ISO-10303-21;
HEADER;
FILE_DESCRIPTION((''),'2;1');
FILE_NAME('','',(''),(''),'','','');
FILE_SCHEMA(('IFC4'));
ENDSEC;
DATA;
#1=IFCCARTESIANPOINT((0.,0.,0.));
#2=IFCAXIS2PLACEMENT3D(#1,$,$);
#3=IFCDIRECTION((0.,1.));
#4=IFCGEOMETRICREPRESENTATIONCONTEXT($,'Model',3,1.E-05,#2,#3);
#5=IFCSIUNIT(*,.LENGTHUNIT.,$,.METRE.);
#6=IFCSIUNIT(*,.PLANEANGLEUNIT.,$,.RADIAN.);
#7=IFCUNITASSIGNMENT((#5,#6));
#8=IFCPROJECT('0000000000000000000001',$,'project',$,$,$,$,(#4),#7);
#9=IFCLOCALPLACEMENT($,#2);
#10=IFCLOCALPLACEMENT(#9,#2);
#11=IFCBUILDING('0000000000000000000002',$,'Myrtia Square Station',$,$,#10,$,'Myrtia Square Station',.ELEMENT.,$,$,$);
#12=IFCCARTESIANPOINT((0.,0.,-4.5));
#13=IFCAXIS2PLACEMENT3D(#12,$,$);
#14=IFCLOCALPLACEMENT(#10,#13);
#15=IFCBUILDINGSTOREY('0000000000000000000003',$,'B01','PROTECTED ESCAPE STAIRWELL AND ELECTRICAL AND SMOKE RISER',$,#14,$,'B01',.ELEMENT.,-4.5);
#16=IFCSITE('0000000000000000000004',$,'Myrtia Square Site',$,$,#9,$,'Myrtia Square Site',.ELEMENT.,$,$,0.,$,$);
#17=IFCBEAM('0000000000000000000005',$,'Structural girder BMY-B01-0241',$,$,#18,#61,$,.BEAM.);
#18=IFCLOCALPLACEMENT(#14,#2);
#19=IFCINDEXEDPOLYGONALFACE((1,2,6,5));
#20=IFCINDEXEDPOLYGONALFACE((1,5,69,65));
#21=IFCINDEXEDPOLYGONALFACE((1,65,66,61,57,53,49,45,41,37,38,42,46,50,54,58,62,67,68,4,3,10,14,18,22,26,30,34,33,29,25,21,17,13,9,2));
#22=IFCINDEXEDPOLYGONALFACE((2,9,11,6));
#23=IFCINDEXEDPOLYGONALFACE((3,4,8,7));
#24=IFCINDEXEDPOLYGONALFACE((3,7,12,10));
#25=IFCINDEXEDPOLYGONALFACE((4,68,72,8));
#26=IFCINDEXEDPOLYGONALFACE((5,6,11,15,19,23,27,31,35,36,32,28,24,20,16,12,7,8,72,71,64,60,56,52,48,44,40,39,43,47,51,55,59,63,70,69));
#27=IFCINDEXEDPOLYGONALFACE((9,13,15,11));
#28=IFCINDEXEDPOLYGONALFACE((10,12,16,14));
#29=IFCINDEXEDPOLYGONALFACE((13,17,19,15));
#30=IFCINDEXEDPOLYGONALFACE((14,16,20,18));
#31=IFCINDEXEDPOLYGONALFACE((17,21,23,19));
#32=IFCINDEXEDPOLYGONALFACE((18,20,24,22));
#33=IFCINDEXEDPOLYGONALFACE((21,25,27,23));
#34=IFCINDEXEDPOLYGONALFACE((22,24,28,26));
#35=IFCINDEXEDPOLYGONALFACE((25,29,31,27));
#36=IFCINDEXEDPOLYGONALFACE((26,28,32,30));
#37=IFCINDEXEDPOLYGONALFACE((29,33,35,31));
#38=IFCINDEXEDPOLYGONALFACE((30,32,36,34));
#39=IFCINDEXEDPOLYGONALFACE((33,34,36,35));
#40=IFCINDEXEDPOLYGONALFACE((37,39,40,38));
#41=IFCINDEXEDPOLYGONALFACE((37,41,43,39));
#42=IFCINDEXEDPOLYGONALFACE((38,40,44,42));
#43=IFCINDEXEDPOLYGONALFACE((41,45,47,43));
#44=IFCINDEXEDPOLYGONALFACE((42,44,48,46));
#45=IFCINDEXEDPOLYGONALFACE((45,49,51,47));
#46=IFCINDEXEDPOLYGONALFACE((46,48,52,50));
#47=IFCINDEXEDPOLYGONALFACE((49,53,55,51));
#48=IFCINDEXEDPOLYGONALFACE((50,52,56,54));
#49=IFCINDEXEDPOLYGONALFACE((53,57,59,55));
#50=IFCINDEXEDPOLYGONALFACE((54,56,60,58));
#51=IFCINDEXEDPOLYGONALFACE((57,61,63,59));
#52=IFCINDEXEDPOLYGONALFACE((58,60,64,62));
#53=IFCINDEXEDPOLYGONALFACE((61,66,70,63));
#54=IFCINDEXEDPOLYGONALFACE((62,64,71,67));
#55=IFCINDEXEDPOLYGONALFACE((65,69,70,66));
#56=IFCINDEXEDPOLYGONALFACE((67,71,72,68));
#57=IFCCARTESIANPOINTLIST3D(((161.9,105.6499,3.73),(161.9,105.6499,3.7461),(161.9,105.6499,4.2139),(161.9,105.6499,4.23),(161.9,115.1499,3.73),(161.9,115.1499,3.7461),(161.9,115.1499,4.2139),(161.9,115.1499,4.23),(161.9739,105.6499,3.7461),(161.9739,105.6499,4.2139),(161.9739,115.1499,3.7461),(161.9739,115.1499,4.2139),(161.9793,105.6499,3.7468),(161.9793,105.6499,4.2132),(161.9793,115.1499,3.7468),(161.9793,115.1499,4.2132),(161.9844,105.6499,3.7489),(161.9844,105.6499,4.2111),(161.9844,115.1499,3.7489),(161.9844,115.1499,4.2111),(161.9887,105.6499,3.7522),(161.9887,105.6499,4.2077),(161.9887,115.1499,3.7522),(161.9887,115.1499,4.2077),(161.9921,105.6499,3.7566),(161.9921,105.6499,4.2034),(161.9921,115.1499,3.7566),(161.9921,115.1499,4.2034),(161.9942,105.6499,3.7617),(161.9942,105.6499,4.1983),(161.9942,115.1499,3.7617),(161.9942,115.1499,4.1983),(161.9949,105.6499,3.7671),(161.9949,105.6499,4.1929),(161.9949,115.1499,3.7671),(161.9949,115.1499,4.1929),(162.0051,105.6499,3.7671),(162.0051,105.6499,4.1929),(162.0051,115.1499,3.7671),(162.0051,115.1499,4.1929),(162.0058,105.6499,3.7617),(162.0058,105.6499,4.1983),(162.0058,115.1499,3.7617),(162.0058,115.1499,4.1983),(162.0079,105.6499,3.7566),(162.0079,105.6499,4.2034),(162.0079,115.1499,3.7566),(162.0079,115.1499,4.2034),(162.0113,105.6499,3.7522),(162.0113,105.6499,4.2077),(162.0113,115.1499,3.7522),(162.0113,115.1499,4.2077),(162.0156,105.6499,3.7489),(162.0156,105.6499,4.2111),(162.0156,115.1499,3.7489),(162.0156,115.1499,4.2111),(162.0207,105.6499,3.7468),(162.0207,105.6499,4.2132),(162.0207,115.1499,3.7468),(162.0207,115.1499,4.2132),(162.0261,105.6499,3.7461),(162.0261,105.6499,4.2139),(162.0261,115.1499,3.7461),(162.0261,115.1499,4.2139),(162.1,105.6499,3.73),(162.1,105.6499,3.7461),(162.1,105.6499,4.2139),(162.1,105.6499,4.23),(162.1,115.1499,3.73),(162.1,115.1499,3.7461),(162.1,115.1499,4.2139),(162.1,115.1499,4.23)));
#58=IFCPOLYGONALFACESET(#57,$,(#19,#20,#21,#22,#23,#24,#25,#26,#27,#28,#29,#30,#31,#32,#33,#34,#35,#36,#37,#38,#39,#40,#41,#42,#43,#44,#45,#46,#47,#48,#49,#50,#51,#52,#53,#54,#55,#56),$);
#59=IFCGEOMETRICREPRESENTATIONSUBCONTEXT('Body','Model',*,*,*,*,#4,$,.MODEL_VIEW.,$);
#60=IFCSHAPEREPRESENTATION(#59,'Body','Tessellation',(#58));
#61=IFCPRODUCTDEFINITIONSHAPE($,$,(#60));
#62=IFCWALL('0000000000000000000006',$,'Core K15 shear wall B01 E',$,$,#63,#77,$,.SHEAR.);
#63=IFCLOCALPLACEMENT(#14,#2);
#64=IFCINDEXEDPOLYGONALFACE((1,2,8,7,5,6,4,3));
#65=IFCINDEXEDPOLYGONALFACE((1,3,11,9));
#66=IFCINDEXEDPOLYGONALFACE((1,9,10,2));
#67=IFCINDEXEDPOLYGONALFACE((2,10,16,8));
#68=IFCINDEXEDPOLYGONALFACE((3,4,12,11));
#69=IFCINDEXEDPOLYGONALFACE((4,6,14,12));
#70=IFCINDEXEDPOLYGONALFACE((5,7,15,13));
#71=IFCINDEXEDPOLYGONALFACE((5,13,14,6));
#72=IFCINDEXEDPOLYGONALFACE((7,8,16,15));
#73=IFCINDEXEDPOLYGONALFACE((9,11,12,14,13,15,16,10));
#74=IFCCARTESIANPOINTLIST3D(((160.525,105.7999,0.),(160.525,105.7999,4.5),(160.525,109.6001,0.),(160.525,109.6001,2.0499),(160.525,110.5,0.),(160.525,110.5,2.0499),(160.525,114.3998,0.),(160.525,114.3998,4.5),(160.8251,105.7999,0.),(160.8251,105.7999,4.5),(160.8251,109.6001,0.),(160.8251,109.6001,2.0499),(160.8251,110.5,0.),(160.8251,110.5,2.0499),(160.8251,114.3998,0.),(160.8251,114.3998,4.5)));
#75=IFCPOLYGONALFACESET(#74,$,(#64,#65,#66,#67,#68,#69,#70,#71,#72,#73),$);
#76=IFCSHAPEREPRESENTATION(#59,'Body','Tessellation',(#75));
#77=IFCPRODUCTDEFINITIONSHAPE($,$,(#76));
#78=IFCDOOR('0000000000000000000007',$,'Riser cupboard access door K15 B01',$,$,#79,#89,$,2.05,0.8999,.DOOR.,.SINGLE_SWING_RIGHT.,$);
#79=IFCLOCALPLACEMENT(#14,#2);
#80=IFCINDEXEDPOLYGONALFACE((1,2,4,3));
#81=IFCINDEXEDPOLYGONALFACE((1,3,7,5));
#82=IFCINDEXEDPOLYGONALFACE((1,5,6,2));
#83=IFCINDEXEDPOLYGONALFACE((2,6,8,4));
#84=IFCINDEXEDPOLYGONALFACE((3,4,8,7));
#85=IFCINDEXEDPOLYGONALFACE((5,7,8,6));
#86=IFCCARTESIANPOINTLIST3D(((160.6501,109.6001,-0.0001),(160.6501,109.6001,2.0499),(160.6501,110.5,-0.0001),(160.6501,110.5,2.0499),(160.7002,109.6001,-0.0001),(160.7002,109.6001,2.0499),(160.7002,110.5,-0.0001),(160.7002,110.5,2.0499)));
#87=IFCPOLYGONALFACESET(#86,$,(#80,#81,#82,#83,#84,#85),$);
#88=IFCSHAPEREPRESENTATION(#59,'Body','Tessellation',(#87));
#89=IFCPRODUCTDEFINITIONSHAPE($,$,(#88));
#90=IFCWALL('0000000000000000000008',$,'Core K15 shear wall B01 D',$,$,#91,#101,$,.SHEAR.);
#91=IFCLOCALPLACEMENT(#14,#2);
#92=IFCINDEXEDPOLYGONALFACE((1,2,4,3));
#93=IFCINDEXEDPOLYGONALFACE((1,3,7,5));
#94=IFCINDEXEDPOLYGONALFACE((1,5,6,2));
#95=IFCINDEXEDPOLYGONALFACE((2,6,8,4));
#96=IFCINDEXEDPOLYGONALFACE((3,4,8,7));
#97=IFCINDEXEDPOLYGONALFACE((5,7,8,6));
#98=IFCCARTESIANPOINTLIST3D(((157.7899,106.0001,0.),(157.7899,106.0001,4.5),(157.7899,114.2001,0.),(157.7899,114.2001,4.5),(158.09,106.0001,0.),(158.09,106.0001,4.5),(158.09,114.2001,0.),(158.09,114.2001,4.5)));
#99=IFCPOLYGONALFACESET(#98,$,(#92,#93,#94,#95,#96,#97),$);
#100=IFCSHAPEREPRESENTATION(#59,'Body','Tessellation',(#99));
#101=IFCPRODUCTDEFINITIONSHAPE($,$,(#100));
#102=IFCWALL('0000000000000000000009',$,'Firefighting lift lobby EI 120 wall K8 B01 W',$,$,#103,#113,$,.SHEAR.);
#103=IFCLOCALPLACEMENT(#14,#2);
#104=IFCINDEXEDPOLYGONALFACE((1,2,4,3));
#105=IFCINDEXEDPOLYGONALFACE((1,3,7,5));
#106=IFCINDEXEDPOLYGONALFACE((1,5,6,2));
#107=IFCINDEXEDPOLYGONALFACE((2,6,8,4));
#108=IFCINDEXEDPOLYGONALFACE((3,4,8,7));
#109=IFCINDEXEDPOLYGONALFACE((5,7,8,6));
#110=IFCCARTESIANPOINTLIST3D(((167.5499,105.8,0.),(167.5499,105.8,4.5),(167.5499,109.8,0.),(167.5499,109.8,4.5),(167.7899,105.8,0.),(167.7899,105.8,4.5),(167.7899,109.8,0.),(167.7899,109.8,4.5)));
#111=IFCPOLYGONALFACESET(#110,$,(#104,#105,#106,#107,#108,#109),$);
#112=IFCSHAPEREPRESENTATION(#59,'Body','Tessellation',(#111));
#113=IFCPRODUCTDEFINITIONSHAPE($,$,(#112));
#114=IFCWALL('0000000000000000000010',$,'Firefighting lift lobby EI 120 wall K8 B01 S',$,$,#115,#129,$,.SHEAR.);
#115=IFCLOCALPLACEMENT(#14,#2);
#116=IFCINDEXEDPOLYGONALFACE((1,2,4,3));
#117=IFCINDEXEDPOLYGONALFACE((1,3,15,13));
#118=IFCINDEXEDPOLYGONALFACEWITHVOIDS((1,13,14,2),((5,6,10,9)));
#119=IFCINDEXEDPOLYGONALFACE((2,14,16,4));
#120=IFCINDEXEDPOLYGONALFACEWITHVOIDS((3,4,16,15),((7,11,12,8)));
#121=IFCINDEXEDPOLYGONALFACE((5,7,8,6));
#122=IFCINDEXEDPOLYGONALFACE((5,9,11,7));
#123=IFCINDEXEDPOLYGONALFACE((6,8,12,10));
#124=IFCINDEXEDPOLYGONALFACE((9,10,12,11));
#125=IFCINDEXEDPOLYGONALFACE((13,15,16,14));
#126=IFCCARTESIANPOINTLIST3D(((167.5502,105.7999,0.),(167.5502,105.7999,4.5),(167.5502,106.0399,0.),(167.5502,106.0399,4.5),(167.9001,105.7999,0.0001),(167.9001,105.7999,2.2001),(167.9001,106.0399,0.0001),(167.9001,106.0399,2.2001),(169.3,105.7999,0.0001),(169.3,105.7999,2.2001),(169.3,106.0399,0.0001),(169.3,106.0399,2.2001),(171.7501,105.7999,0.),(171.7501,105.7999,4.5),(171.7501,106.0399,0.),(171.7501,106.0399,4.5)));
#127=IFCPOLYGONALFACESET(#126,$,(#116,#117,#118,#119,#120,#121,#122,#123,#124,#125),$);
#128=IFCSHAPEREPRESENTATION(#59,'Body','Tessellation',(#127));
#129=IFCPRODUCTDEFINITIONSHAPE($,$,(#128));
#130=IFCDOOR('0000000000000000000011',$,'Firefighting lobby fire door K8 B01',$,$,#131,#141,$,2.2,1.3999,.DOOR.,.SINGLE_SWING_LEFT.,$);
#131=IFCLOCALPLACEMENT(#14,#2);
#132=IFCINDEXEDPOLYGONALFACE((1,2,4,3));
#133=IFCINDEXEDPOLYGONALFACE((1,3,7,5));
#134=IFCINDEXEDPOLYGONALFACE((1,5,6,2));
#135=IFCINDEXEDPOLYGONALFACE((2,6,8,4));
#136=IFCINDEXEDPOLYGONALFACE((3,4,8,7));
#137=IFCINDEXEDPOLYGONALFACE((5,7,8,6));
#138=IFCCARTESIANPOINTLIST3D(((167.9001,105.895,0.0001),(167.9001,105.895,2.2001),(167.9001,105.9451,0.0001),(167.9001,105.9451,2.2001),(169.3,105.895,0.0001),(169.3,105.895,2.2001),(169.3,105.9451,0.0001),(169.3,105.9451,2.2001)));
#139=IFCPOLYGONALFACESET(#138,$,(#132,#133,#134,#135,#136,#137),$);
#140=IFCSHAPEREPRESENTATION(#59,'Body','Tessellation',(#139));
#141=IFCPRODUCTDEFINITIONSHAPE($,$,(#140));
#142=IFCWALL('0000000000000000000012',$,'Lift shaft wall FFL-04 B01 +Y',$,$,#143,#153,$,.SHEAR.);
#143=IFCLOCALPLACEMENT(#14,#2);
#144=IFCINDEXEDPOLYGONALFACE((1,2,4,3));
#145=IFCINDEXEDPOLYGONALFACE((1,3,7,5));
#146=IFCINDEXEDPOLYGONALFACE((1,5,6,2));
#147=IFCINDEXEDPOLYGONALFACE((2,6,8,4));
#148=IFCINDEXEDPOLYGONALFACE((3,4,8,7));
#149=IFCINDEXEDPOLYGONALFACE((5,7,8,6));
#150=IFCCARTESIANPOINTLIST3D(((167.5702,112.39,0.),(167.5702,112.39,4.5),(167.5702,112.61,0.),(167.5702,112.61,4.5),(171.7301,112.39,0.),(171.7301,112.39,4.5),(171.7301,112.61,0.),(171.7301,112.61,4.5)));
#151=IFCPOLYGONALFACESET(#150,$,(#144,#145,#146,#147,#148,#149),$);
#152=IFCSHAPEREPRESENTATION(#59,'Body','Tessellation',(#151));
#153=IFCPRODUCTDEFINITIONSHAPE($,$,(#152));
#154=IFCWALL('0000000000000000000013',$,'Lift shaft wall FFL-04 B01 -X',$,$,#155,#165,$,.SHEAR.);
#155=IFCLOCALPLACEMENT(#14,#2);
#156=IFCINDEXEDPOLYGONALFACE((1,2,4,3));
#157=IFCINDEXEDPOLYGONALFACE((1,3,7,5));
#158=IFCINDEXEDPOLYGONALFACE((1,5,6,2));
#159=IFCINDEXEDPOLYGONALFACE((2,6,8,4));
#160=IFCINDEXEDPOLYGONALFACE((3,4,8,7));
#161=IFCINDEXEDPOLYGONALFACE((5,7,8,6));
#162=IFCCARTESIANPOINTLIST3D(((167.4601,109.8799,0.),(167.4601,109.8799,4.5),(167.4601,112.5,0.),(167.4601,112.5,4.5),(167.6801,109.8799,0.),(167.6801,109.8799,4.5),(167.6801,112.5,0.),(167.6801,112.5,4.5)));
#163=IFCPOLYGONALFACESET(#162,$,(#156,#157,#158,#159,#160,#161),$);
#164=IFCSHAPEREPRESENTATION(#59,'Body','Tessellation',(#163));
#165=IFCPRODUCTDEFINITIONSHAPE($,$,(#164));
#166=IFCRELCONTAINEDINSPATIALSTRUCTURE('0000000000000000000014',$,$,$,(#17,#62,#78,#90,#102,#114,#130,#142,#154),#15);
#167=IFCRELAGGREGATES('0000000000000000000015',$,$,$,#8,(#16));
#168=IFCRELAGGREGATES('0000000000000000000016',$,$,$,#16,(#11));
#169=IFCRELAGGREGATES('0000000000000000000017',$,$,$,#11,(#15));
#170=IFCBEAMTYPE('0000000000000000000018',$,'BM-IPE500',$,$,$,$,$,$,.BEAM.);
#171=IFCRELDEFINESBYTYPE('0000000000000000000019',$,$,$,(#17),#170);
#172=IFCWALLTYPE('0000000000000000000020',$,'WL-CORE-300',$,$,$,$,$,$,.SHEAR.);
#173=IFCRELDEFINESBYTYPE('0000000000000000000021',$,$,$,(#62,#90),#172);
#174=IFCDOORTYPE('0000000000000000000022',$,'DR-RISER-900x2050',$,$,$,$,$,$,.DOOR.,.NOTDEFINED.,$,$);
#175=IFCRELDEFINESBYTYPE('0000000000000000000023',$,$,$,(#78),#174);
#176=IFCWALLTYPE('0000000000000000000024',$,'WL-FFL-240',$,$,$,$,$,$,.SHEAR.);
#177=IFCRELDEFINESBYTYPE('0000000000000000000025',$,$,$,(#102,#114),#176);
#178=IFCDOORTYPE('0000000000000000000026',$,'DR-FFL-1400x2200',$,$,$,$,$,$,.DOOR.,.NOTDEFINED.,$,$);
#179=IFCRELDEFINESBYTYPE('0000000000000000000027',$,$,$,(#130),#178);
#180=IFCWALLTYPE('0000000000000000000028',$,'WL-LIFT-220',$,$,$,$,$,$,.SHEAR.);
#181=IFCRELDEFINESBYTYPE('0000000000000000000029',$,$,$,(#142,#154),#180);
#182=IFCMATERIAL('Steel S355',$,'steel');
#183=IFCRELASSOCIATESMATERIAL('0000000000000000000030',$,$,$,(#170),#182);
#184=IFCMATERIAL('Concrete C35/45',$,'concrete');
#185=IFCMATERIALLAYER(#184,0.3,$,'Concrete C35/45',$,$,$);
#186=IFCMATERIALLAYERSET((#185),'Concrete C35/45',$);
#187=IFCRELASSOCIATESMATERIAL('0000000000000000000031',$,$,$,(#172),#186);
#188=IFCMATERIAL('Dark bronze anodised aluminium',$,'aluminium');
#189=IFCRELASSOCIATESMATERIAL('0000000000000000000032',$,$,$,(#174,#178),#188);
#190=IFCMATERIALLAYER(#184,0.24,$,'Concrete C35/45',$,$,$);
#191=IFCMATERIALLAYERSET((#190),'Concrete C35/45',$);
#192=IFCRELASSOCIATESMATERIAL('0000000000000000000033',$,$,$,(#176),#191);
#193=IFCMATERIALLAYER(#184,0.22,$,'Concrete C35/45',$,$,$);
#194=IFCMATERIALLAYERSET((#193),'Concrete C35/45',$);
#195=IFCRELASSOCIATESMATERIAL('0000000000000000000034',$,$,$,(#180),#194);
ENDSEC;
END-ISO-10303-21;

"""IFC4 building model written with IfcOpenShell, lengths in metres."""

from ifc_helpers import new_model, si_unit, direction, frame, frame_2d, origin, origin_2d, place, context, subcontext, project, spatial, rectangle, i_section, extrude, material, layer, layer_set, material_profile, profile_set, type_object, element, fill, save


model = new_model("IFC4")

# Units and contexts
model_context = context("Model", 3, precision=1e-05, world=origin(), true_north=direction((0.0, 1.0)))
body_context = subcontext(model_context, "Body", "Model", "MODEL_VIEW")
ifc_project = project(units=[si_unit("LENGTHUNIT", "METRE"), si_unit("PLANEANGLEUNIT", "RADIAN")], contexts=[model_context])

# Site, building, storey
site_placement = place(None, origin())
site = spatial("IfcSite", under=ifc_project, at=site_placement, Name="Myrtia Square Site", LongName="Myrtia Square Site", CompositionType="ELEMENT", RefElevation=0.0)
building_placement = place(site_placement, origin())
building = spatial("IfcBuilding", under=site, at=building_placement, Name="Myrtia Square Station", LongName="Myrtia Square Station", CompositionType="ELEMENT")
storey_placement = place(building_placement, frame((0.0, 0.0, -4.5)))
storey = spatial("IfcBuildingStorey", under=building, at=storey_placement, Name="B01", Description="PROTECTED ESCAPE STAIRWELL AND ELECTRICAL AND SMOKE RISER", LongName="B01", CompositionType="ELEMENT", Elevation=-4.5)

# Shared definitions
ifc_material_1 = material(Name="Concrete C35/45", Category="concrete")

# Shared definitions
ifc_material_2 = material(Name="Steel S355", Category="steel")

# Beam
ifc_material_profile_1 = material_profile(ifc_material_2, i_section(OverallWidth=0.2, OverallDepth=0.5, WebThickness=0.0103, FlangeThickness=0.0161, FilletRadius=0.021, at=origin_2d()), Name="IPE 500")
ifc_profile_set_1 = profile_set([ifc_material_profile_1], Name="Steel S355")
beam_type_1 = type_object("IfcBeamType", Name="BM-IPE500", PredefinedType="BEAM", material=ifc_profile_set_1)
beam_1_placement = place(storey_placement, frame((162.0, 105.6499, 3.98), z_axis=(0.0, 1.0, 0.0), x_axis=(-1.0, 0.0, 0.0)))
element("IfcBeam", 1, at=beam_1_placement, inside=storey, type_object=beam_type_1, Name="Structural girder BMY-B01-0241", PredefinedType="BEAM", context=body_context, shape_type="SweptSolid", body=[
    extrude(i_section(OverallWidth=0.2, OverallDepth=0.5, WebThickness=0.0103, FlangeThickness=0.0161, FilletRadius=0.021, at=origin_2d()), origin(), (0.0, 0.0, 1.0), 9.5),
])

# Wall, opening, door
ifc_layer_1 = layer(ifc_material_1, 0.3, Name="Concrete C35/45")
ifc_layer_set_1 = layer_set([ifc_layer_1], Name="Concrete C35/45")
wall_type_1 = type_object("IfcWallType", Name="WL-CORE-300", PredefinedType="SHEAR", material=ifc_layer_set_1)
wall_1_placement = place(storey_placement, frame((160.675, 105.8, 0.0), z_axis=(0.0, 0.0, 1.0), x_axis=(0.0, 1.0, 0.0)))
wall_1 = element("IfcWall", 2, at=wall_1_placement, inside=storey, type_object=wall_type_1, Name="Core K15 shear wall B01 E", PredefinedType="SHEAR", context=body_context, shape_type="SweptSolid", body=[
    extrude(rectangle(XDim=8.5999, YDim=0.3, at=frame_2d((4.2998, 0.0))), origin(), (0.0, 0.0, 1.0), 4.5),
])
opening_1_placement = place(wall_1_placement, frame((3.8, 0.0, 0.0)))
opening_1 = element("IfcOpeningElement", 3, at=opening_1_placement, cuts=wall_1, PredefinedType="OPENING", context=body_context, shape_type="SweptSolid", body=[
    extrude(rectangle(XDim=0.8999, YDim=2.05, at=frame_2d((0.45, 1.0249))), frame((0.0, 0.165, 0.0), z_axis=(0.0, -1.0, 0.0), x_axis=(1.0, 0.0, 0.0)), (0.0, 0.0, 1.0), 0.3301),
])
ifc_material_3 = material(Name="Dark bronze anodised aluminium", Category="aluminium")
door_type_1 = type_object("IfcDoorType", Name="DR-RISER-900x2050", OperationType="NOTDEFINED", PredefinedType="DOOR", material=ifc_material_3)
door_1_placement = place(opening_1_placement, origin())
door_1 = element("IfcDoor", 4, at=door_1_placement, inside=storey, type_object=door_type_1, Name="Riser cupboard access door K15 B01", OperationType="SINGLE_SWING_RIGHT", OverallHeight=2.05, OverallWidth=0.8999, PredefinedType="DOOR", context=body_context, shape_type="SweptSolid", body=[
    extrude(rectangle(XDim=0.8999, YDim=2.05, at=frame_2d((0.45, 1.0249))), frame((0.0, 0.0249, 0.0), z_axis=(0.0, -1.0, 0.0), x_axis=(1.0, 0.0, 0.0)), (0.0, 0.0, 1.0), 0.05),
])
fill(opening_1, door_1)

# Walls
wall_2_placement = place(storey_placement, frame((157.9399, 106.0, 0.0), z_axis=(0.0, 0.0, 1.0), x_axis=(0.0, 1.0, 0.0)))
element("IfcWall", 5, at=wall_2_placement, inside=storey, type_object=wall_type_1, Name="Core K15 shear wall B01 D", PredefinedType="SHEAR", context=body_context, shape_type="SweptSolid", body=[
    extrude(rectangle(XDim=8.2, YDim=0.3, at=frame_2d((4.1001, 0.0))), origin(), (0.0, 0.0, 1.0), 4.5),
])
ifc_layer_2 = layer(ifc_material_1, 0.24, Name="Concrete C35/45")
ifc_layer_set_2 = layer_set([ifc_layer_2], Name="Concrete C35/45")
wall_type_2 = type_object("IfcWallType", Name="WL-FFL-240", PredefinedType="SHEAR", material=ifc_layer_set_2)
wall_3_placement = place(storey_placement, frame((167.6699, 105.8, 0.0), z_axis=(0.0, 0.0, 1.0), x_axis=(0.0, 1.0, 0.0)))
element("IfcWall", 6, at=wall_3_placement, inside=storey, type_object=wall_type_2, Name="Firefighting lift lobby EI 120 wall K8 B01 W", PredefinedType="SHEAR", context=body_context, shape_type="SweptSolid", body=[
    extrude(rectangle(XDim=4.0, YDim=0.24, at=frame_2d((2.0, 0.0))), origin(), (0.0, 0.0, 1.0), 4.5),
])

# Wall, opening, door
wall_4_placement = place(storey_placement, frame((167.55, 105.9199, 0.0), z_axis=(0.0, 0.0, 1.0), x_axis=(1.0, 0.0, 0.0)))
wall_4 = element("IfcWall", 7, at=wall_4_placement, inside=storey, type_object=wall_type_2, Name="Firefighting lift lobby EI 120 wall K8 B01 S", PredefinedType="SHEAR", context=body_context, shape_type="SweptSolid", body=[
    extrude(rectangle(XDim=4.2, YDim=0.24, at=frame_2d((2.1001, 0.0))), origin(), (0.0, 0.0, 1.0), 4.5),
])
opening_2_placement = place(wall_4_placement, frame((0.3501, 0.0, 0.0)))
opening_2 = element("IfcOpeningElement", 8, at=opening_2_placement, cuts=wall_4, PredefinedType="OPENING", context=body_context, shape_type="SweptSolid", body=[
    extrude(rectangle(XDim=1.3999, YDim=2.2, at=frame_2d((0.7, 1.1001))), frame((0.0, 0.135, 0.0), z_axis=(0.0, -1.0, 0.0), x_axis=(1.0, 0.0, 0.0)), (0.0, 0.0, 1.0), 0.27),
])
door_type_2 = type_object("IfcDoorType", Name="DR-FFL-1400x2200", OperationType="NOTDEFINED", PredefinedType="DOOR", material=ifc_material_3)
door_2_placement = place(opening_2_placement, frame((1.3999, 0.0, 0.0), z_axis=(0.0, 0.0, 1.0), x_axis=(-1.0, 0.0, 0.0)))
door_2 = element("IfcDoor", 9, at=door_2_placement, inside=storey, type_object=door_type_2, Name="Firefighting lobby fire door K8 B01", OperationType="SINGLE_SWING_LEFT", OverallHeight=2.2, OverallWidth=1.3999, PredefinedType="DOOR", context=body_context, shape_type="SweptSolid", body=[
    extrude(rectangle(XDim=1.3999, YDim=2.2, at=frame_2d((0.7, 1.1001))), frame((0.0, 0.0249, 0.0), z_axis=(0.0, -1.0, 0.0), x_axis=(1.0, 0.0, 0.0)), (0.0, 0.0, 1.0), 0.05),
])
fill(opening_2, door_2)
ifc_layer_3 = layer(ifc_material_1, 0.22, Name="Concrete C35/45")
ifc_layer_set_3 = layer_set([ifc_layer_3], Name="Concrete C35/45")
wall_type_3 = type_object("IfcWallType", Name="WL-LIFT-220", PredefinedType="SHEAR", material=ifc_layer_set_3)

# Walls
wall_5_placement = place(storey_placement, frame((167.5701, 112.5, 0.0), z_axis=(0.0, 0.0, 1.0), x_axis=(1.0, 0.0, 0.0)))
element("IfcWall", 10, at=wall_5_placement, inside=storey, type_object=wall_type_3, Name="Lift shaft wall FFL-04 B01 +Y", PredefinedType="SHEAR", context=body_context, shape_type="SweptSolid", body=[
    extrude(rectangle(XDim=4.1599, YDim=0.22, at=frame_2d((2.0801, 0.0))), origin(), (0.0, 0.0, 1.0), 4.5),
])
wall_6_placement = place(storey_placement, frame((167.5701, 109.8799, 0.0), z_axis=(0.0, 0.0, 1.0), x_axis=(0.0, 1.0, 0.0)))
element("IfcWall", 11, at=wall_6_placement, inside=storey, type_object=wall_type_3, Name="Lift shaft wall FFL-04 B01 -X", PredefinedType="SHEAR", context=body_context, shape_type="SweptSolid", body=[
    extrude(rectangle(XDim=2.6201, YDim=0.22, at=frame_2d((1.3101, 0.0))), origin(), (0.0, 0.0, 1.0), 4.5),
])

save(model, "model.ifc")
